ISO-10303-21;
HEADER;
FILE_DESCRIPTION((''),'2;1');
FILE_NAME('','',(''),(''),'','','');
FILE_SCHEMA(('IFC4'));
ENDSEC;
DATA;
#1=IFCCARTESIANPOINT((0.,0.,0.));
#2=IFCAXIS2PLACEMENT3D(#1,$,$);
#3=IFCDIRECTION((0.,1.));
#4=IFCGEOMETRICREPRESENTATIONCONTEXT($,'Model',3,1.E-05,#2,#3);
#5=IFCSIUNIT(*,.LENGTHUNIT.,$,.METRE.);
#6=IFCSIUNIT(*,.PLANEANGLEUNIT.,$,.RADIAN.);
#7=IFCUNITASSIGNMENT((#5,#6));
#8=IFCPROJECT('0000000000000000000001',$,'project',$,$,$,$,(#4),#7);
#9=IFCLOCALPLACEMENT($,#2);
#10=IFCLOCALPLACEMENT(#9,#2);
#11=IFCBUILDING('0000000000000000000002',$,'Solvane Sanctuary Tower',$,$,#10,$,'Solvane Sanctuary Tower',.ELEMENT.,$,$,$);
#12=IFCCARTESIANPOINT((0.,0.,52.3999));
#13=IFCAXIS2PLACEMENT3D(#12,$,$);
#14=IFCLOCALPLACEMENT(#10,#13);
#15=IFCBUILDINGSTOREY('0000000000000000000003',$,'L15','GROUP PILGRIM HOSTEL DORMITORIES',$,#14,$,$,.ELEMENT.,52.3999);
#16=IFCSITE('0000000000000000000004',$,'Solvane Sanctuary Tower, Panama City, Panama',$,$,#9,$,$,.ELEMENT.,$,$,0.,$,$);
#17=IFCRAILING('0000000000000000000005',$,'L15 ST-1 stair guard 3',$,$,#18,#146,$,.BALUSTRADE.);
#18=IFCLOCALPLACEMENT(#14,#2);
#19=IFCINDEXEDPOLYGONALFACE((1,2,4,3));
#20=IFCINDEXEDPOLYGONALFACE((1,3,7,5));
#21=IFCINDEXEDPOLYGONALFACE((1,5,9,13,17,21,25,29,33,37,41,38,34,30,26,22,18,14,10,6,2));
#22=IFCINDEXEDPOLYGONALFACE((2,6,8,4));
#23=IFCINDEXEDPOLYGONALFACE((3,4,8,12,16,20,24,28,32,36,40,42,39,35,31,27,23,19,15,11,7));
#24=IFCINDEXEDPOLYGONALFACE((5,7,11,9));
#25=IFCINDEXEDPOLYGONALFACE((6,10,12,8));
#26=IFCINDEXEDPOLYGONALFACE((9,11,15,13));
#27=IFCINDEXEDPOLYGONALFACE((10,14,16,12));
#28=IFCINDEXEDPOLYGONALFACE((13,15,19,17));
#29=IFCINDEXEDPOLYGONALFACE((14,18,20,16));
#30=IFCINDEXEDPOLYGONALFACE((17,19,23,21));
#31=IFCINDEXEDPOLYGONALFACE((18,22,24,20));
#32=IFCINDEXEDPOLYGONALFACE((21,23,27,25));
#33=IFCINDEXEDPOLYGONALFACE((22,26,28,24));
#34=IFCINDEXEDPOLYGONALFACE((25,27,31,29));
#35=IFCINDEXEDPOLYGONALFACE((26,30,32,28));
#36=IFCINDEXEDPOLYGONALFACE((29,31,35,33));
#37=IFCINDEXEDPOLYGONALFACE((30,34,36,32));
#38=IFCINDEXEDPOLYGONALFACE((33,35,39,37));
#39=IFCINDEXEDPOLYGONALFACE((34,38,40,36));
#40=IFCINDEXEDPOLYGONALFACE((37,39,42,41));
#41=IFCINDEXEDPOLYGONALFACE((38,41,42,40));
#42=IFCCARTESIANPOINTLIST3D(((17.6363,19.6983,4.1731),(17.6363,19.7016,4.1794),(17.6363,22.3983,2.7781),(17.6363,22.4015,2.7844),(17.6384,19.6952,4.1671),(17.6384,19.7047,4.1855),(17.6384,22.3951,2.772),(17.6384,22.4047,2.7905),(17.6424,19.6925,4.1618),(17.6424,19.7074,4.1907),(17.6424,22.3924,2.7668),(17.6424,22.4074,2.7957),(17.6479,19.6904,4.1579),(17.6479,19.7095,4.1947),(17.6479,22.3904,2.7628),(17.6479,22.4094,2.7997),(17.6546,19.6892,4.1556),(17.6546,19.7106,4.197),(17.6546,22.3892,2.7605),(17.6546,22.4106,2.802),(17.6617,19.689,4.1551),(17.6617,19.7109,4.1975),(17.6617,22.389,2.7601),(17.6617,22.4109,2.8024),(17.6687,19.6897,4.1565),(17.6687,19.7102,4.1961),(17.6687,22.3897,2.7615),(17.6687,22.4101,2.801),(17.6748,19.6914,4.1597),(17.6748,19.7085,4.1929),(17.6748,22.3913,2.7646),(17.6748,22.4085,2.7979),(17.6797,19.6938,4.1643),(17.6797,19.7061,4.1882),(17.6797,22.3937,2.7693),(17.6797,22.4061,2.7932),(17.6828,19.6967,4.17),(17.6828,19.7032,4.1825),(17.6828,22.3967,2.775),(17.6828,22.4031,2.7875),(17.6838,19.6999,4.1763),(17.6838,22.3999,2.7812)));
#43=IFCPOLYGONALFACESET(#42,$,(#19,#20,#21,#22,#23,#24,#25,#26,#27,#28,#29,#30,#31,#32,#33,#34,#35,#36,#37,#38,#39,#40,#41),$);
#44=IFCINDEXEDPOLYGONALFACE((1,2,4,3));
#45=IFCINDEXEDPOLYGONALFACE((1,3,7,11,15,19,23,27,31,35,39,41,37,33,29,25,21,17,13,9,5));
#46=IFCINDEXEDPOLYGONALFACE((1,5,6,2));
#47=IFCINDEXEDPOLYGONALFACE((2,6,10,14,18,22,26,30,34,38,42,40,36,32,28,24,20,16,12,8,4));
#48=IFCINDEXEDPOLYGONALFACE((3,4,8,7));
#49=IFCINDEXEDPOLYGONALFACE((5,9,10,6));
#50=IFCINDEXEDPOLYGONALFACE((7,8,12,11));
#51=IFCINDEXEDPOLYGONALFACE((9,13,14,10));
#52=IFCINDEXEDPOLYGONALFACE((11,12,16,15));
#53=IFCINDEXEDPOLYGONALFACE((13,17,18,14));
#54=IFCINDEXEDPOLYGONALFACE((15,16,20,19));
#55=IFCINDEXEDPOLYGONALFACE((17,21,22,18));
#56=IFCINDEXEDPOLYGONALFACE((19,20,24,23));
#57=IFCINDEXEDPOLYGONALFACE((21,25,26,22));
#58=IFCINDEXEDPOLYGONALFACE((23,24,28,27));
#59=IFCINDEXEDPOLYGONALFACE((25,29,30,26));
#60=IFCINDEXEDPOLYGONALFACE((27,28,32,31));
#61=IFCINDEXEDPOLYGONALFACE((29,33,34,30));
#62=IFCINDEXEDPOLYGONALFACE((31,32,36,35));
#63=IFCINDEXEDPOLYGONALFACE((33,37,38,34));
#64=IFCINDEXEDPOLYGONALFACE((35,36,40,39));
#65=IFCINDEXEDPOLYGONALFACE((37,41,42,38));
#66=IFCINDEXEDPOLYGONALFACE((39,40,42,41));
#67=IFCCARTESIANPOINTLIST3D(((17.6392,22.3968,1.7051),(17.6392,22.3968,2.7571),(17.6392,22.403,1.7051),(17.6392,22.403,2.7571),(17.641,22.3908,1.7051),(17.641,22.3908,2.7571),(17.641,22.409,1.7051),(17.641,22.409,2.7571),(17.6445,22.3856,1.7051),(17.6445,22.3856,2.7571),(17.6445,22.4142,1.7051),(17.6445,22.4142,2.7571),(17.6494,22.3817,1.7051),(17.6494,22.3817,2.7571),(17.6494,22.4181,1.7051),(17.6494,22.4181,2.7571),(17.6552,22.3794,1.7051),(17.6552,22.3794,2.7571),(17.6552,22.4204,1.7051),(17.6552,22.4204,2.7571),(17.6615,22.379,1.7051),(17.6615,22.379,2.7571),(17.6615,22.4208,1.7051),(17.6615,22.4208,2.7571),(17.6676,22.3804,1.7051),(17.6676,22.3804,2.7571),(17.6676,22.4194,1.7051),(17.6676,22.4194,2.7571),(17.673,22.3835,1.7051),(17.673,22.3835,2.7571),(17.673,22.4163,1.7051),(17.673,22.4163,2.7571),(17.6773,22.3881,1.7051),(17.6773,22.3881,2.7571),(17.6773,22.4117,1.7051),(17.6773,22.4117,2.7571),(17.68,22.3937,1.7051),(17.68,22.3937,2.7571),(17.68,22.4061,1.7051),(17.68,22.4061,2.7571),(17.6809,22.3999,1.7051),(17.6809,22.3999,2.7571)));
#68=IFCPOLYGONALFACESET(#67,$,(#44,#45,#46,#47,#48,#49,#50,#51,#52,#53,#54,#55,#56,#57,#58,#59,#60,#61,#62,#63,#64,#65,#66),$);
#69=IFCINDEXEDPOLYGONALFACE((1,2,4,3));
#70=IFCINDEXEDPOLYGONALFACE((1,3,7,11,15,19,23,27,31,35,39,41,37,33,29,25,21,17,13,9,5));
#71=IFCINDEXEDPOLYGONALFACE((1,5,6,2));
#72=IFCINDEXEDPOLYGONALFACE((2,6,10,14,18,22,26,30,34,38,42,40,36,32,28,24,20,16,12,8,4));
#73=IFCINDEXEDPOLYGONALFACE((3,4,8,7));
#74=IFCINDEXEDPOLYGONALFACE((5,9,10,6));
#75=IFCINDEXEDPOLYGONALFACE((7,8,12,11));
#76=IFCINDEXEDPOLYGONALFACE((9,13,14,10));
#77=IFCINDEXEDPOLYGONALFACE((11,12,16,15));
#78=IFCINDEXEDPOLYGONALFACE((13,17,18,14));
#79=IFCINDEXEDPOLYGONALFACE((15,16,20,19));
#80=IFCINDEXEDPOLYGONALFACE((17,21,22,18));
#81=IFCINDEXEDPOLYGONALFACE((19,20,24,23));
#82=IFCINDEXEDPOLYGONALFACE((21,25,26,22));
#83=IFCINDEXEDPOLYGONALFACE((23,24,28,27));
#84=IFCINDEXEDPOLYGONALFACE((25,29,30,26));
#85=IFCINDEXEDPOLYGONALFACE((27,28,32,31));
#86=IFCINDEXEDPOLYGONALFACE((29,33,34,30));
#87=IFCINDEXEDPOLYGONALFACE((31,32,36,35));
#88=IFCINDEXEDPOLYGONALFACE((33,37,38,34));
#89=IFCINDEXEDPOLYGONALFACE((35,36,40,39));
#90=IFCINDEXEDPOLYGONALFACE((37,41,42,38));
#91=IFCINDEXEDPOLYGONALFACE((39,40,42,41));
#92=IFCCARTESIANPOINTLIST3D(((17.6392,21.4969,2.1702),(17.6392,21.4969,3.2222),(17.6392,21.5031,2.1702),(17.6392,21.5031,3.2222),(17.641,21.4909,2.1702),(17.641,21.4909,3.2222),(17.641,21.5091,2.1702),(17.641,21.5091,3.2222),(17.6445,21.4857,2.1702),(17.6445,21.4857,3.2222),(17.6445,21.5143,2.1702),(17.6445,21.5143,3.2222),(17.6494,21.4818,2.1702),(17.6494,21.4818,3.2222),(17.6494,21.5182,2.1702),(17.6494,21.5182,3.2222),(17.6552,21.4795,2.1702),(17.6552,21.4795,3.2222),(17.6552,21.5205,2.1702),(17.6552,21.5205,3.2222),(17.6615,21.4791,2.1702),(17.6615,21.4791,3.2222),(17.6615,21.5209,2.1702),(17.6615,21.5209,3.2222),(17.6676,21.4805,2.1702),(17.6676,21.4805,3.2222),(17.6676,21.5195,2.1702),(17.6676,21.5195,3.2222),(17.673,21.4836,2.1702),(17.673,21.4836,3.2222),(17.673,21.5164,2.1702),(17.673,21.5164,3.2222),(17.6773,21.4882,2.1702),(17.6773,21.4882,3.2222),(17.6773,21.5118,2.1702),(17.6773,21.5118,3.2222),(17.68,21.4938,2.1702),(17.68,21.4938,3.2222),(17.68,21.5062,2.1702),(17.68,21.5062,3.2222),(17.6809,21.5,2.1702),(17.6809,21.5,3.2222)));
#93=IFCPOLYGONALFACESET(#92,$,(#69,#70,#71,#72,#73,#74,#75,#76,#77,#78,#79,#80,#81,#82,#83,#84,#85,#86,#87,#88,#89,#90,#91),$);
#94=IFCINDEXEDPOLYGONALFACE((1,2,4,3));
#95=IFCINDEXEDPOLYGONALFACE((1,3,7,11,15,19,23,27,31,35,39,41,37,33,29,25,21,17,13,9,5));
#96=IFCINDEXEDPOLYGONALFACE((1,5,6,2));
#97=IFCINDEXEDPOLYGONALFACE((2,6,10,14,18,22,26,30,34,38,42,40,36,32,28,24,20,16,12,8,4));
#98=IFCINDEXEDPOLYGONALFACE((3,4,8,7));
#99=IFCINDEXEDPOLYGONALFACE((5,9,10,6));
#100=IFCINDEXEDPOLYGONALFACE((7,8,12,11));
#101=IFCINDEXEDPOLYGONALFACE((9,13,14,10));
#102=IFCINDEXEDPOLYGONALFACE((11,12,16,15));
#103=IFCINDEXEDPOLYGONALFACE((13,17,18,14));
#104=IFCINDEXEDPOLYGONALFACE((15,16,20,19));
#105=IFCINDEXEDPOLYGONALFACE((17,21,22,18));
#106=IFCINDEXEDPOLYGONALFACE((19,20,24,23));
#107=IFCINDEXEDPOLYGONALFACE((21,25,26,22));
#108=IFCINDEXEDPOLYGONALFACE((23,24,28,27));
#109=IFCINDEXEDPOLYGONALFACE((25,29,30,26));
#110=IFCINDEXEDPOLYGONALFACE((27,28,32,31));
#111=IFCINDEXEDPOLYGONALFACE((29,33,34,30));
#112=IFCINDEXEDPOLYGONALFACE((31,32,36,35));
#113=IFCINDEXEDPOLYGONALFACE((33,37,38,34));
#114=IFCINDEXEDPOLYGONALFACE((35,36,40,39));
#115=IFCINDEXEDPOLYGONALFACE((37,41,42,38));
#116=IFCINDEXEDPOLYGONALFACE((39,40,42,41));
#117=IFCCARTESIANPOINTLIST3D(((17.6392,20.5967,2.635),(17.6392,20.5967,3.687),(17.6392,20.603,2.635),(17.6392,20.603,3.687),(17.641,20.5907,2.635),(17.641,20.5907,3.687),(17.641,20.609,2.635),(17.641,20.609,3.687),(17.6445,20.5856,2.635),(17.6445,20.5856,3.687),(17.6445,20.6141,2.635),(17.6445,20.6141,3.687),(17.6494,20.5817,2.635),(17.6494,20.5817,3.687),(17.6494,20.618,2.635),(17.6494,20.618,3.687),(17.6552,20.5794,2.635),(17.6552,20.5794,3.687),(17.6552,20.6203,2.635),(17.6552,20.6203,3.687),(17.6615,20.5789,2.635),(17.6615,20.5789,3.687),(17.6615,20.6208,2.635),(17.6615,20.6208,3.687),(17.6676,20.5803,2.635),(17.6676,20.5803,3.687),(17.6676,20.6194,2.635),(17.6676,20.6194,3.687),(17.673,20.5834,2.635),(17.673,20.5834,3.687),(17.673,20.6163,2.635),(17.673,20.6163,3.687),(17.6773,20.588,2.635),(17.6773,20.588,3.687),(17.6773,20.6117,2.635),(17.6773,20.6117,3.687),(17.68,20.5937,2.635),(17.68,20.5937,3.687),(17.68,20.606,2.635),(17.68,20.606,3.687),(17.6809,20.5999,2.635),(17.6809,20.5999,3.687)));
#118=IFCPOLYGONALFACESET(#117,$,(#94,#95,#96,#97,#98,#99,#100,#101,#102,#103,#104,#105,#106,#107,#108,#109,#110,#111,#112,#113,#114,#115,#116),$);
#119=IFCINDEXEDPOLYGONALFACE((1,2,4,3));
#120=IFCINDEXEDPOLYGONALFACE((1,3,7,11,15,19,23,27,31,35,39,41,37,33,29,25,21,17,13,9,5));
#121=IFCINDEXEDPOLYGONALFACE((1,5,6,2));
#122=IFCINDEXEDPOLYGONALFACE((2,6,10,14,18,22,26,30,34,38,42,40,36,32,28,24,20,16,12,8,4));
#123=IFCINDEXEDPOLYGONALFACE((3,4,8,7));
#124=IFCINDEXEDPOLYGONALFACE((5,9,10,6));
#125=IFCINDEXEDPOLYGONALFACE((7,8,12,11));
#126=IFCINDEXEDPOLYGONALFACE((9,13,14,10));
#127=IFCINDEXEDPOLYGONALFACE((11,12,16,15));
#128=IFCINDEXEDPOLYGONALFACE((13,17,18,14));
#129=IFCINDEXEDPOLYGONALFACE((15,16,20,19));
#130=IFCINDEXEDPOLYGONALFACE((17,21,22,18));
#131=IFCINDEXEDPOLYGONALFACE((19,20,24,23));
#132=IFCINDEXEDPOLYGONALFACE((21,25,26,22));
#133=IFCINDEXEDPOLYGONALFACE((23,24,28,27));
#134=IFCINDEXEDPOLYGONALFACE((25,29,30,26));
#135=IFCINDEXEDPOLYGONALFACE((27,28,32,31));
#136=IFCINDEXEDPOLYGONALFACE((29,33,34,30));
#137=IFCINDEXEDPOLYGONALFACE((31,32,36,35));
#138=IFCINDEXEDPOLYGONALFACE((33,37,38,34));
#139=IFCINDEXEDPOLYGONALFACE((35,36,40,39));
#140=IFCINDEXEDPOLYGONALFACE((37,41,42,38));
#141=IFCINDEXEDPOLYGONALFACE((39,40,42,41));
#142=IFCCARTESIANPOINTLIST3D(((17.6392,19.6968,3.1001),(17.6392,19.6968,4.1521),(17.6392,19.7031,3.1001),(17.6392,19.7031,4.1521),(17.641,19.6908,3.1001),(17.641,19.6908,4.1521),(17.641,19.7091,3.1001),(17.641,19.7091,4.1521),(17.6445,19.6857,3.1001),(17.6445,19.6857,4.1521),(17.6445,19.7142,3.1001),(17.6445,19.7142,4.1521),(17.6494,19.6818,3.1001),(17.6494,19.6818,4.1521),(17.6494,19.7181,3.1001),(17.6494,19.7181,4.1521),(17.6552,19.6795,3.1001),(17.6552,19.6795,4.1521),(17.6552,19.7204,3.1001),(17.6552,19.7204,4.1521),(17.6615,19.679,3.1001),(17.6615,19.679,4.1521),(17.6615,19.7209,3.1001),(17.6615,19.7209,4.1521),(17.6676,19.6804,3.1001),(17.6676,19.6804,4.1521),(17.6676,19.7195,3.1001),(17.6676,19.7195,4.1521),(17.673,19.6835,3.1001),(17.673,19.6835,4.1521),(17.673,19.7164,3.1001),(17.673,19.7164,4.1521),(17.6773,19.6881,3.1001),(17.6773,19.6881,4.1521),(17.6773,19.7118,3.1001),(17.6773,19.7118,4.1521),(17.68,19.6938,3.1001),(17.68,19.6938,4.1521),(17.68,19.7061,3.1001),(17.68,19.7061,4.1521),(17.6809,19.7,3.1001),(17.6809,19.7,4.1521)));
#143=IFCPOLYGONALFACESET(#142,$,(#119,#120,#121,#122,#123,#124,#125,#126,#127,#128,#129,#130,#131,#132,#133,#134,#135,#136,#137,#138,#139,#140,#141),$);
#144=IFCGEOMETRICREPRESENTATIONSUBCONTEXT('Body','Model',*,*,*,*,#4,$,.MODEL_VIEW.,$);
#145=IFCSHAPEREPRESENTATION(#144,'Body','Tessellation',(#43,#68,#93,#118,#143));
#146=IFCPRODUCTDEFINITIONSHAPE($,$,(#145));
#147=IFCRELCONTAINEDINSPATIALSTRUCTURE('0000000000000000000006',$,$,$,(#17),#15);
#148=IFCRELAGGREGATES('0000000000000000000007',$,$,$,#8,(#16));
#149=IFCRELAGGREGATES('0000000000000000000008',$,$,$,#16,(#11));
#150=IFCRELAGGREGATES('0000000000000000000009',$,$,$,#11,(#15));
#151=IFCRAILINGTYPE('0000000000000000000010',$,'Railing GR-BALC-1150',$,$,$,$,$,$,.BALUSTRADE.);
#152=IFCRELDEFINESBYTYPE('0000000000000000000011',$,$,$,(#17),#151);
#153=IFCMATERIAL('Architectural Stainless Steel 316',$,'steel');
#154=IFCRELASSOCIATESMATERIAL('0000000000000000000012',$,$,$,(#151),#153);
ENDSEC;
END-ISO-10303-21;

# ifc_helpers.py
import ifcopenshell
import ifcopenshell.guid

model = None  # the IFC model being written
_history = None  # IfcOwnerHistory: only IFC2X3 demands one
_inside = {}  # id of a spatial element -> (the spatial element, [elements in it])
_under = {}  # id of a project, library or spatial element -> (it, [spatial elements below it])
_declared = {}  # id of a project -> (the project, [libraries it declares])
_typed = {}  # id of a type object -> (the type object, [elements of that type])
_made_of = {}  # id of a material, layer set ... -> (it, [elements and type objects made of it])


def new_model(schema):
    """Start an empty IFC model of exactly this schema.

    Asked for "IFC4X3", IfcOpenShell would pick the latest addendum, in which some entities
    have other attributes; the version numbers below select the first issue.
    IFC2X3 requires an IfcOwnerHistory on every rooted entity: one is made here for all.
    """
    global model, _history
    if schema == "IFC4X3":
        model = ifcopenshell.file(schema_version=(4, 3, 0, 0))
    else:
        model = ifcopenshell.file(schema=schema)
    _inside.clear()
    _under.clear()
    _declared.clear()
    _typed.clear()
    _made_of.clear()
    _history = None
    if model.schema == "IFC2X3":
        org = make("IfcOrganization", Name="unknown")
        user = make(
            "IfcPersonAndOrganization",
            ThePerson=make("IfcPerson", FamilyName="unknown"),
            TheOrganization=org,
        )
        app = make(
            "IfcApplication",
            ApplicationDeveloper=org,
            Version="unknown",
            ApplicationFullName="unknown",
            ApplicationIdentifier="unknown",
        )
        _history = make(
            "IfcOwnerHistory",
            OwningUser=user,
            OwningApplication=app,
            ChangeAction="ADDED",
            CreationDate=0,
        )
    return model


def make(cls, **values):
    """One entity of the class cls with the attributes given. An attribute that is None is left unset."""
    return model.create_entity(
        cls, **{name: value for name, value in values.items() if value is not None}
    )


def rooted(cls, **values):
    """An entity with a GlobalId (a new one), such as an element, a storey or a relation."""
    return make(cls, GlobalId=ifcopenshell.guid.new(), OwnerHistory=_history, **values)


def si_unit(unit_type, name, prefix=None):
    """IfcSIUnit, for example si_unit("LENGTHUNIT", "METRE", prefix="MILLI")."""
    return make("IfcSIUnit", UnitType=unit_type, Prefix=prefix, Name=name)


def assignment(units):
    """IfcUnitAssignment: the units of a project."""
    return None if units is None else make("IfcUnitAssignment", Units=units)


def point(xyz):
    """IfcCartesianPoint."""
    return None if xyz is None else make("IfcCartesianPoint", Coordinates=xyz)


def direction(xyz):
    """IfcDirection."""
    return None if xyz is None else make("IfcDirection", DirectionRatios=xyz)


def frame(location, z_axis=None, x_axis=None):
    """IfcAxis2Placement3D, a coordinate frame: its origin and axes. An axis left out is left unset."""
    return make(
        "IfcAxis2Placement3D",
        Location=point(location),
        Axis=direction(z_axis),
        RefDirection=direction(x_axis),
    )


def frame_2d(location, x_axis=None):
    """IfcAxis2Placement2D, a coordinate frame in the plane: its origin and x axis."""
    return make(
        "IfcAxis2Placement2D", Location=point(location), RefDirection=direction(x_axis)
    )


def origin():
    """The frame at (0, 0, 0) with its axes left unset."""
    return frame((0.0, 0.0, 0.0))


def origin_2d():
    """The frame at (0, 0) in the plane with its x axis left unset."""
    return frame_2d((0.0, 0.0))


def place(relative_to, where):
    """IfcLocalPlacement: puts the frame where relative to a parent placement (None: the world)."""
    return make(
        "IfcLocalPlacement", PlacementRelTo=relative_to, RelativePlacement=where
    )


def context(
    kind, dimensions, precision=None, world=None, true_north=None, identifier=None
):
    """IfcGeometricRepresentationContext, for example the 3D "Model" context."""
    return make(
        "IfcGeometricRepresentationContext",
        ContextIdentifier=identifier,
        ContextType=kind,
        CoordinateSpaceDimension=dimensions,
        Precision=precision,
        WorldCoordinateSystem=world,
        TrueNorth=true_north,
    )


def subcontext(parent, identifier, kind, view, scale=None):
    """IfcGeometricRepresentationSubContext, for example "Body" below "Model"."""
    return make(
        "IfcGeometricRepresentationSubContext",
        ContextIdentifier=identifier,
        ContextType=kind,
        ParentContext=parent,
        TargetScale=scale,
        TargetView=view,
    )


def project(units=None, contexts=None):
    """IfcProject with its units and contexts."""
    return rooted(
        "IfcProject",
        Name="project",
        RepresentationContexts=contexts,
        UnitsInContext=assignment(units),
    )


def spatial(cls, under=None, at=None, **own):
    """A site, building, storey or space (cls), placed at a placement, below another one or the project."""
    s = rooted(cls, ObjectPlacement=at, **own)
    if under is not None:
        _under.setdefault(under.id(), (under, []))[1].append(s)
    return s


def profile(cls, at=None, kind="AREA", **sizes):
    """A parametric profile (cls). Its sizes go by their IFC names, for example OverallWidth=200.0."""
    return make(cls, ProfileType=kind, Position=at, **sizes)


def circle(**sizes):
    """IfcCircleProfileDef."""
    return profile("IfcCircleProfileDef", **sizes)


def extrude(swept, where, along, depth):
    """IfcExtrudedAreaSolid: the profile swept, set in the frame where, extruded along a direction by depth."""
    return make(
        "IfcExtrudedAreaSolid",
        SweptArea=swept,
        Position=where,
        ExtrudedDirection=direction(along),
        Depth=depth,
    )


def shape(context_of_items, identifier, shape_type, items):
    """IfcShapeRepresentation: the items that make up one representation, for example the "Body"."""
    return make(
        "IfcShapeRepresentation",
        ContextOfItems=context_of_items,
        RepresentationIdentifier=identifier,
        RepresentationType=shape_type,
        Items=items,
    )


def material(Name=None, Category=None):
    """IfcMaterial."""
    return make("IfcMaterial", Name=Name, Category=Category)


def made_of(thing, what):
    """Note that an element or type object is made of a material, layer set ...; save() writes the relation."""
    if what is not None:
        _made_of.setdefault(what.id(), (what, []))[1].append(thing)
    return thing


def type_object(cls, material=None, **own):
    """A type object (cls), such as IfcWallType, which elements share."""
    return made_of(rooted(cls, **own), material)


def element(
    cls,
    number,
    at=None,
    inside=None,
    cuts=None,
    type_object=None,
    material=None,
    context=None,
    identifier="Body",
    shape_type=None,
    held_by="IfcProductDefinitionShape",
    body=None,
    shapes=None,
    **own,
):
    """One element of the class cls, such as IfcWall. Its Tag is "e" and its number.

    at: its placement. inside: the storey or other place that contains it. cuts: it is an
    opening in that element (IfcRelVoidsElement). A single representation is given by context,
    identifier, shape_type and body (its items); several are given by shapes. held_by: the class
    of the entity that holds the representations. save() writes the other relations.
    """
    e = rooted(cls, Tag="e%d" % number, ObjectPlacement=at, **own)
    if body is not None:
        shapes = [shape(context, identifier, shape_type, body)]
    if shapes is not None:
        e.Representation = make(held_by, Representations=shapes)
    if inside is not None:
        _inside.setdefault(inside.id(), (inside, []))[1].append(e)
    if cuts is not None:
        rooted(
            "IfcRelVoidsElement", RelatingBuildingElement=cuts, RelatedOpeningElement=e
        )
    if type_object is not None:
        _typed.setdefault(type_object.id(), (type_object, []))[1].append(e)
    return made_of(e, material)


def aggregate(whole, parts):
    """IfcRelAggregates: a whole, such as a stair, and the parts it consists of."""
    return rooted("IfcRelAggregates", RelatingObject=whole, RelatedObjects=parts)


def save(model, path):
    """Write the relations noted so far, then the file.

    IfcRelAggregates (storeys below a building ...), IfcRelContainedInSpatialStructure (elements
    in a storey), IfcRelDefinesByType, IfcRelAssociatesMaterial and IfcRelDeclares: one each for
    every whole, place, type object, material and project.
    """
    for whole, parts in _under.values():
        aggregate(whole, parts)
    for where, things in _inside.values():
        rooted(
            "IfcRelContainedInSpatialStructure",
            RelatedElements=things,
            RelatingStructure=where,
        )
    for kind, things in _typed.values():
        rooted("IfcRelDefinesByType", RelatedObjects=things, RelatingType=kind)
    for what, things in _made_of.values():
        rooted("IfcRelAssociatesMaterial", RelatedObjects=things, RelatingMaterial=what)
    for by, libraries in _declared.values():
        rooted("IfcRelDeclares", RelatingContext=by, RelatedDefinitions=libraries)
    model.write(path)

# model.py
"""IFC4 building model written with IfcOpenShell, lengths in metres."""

from ifc_helpers import new_model, si_unit, direction, frame, origin, origin_2d, place, context, subcontext, project, spatial, circle, extrude, material, type_object, element, save


model = new_model("IFC4")

# Units and contexts
model_context = context("Model", 3, precision=1e-05, world=origin(), true_north=direction((0.0, 1.0)))
body_context = subcontext(model_context, "Body", "Model", "MODEL_VIEW")
ifc_project = project(units=[si_unit("LENGTHUNIT", "METRE"), si_unit("PLANEANGLEUNIT", "RADIAN")], contexts=[model_context])

# Site, building, storey
site_placement = place(None, origin())
site = spatial("IfcSite", under=ifc_project, at=site_placement, Name="Solvane Sanctuary Tower, Panama City, Panama", CompositionType="ELEMENT", RefElevation=0.0)
building_placement = place(site_placement, origin())
building = spatial("IfcBuilding", under=site, at=building_placement, Name="Solvane Sanctuary Tower", LongName="Solvane Sanctuary Tower", CompositionType="ELEMENT")
storey_placement = place(building_placement, frame((0.0, 0.0, 52.3999)))
storey = spatial("IfcBuildingStorey", under=building, at=storey_placement, Name="L15", Description="GROUP PILGRIM HOSTEL DORMITORIES", CompositionType="ELEMENT", Elevation=52.3999)

# Shared definitions
ifc_material_1 = material(Name="Architectural Stainless Steel 316", Category="steel")

# Railing
railing_type_1 = type_object("IfcRailingType", Name="Railing GR-BALC-1150", PredefinedType="BALUSTRADE", material=ifc_material_1)
railing_1_placement = place(storey_placement, frame((17.6599, 22.3999, 1.7051)))
element("IfcRailing", 1, at=railing_1_placement, inside=storey, type_object=railing_type_1, Name="L15 ST-1 stair guard 3", PredefinedType="BALUSTRADE", context=body_context, shape_type="SweptSolid", body=[
    extrude(circle(Radius=0.0239, at=origin_2d()), frame((0.0, 0.0, 1.0762), z_axis=(0.0, -0.88842, 0.459032), x_axis=(1.0, 0.0, 0.0)), (0.0, 0.0, 1.0), 3.0391),
    extrude(circle(Radius=0.021, at=origin_2d()), origin(), (0.0, 0.0, 1.0), 1.052),
    extrude(circle(Radius=0.021, at=origin_2d()), frame((0.0, -0.8999, 0.4651)), (0.0, 0.0, 1.0), 1.052),
    extrude(circle(Radius=0.021, at=origin_2d()), frame((0.0, -1.8, 0.9299)), (0.0, 0.0, 1.0), 1.052),
    extrude(circle(Radius=0.021, at=origin_2d()), frame((0.0, -2.7, 1.395)), (0.0, 0.0, 1.0), 1.052),
])

save(model, "model.ifc")
